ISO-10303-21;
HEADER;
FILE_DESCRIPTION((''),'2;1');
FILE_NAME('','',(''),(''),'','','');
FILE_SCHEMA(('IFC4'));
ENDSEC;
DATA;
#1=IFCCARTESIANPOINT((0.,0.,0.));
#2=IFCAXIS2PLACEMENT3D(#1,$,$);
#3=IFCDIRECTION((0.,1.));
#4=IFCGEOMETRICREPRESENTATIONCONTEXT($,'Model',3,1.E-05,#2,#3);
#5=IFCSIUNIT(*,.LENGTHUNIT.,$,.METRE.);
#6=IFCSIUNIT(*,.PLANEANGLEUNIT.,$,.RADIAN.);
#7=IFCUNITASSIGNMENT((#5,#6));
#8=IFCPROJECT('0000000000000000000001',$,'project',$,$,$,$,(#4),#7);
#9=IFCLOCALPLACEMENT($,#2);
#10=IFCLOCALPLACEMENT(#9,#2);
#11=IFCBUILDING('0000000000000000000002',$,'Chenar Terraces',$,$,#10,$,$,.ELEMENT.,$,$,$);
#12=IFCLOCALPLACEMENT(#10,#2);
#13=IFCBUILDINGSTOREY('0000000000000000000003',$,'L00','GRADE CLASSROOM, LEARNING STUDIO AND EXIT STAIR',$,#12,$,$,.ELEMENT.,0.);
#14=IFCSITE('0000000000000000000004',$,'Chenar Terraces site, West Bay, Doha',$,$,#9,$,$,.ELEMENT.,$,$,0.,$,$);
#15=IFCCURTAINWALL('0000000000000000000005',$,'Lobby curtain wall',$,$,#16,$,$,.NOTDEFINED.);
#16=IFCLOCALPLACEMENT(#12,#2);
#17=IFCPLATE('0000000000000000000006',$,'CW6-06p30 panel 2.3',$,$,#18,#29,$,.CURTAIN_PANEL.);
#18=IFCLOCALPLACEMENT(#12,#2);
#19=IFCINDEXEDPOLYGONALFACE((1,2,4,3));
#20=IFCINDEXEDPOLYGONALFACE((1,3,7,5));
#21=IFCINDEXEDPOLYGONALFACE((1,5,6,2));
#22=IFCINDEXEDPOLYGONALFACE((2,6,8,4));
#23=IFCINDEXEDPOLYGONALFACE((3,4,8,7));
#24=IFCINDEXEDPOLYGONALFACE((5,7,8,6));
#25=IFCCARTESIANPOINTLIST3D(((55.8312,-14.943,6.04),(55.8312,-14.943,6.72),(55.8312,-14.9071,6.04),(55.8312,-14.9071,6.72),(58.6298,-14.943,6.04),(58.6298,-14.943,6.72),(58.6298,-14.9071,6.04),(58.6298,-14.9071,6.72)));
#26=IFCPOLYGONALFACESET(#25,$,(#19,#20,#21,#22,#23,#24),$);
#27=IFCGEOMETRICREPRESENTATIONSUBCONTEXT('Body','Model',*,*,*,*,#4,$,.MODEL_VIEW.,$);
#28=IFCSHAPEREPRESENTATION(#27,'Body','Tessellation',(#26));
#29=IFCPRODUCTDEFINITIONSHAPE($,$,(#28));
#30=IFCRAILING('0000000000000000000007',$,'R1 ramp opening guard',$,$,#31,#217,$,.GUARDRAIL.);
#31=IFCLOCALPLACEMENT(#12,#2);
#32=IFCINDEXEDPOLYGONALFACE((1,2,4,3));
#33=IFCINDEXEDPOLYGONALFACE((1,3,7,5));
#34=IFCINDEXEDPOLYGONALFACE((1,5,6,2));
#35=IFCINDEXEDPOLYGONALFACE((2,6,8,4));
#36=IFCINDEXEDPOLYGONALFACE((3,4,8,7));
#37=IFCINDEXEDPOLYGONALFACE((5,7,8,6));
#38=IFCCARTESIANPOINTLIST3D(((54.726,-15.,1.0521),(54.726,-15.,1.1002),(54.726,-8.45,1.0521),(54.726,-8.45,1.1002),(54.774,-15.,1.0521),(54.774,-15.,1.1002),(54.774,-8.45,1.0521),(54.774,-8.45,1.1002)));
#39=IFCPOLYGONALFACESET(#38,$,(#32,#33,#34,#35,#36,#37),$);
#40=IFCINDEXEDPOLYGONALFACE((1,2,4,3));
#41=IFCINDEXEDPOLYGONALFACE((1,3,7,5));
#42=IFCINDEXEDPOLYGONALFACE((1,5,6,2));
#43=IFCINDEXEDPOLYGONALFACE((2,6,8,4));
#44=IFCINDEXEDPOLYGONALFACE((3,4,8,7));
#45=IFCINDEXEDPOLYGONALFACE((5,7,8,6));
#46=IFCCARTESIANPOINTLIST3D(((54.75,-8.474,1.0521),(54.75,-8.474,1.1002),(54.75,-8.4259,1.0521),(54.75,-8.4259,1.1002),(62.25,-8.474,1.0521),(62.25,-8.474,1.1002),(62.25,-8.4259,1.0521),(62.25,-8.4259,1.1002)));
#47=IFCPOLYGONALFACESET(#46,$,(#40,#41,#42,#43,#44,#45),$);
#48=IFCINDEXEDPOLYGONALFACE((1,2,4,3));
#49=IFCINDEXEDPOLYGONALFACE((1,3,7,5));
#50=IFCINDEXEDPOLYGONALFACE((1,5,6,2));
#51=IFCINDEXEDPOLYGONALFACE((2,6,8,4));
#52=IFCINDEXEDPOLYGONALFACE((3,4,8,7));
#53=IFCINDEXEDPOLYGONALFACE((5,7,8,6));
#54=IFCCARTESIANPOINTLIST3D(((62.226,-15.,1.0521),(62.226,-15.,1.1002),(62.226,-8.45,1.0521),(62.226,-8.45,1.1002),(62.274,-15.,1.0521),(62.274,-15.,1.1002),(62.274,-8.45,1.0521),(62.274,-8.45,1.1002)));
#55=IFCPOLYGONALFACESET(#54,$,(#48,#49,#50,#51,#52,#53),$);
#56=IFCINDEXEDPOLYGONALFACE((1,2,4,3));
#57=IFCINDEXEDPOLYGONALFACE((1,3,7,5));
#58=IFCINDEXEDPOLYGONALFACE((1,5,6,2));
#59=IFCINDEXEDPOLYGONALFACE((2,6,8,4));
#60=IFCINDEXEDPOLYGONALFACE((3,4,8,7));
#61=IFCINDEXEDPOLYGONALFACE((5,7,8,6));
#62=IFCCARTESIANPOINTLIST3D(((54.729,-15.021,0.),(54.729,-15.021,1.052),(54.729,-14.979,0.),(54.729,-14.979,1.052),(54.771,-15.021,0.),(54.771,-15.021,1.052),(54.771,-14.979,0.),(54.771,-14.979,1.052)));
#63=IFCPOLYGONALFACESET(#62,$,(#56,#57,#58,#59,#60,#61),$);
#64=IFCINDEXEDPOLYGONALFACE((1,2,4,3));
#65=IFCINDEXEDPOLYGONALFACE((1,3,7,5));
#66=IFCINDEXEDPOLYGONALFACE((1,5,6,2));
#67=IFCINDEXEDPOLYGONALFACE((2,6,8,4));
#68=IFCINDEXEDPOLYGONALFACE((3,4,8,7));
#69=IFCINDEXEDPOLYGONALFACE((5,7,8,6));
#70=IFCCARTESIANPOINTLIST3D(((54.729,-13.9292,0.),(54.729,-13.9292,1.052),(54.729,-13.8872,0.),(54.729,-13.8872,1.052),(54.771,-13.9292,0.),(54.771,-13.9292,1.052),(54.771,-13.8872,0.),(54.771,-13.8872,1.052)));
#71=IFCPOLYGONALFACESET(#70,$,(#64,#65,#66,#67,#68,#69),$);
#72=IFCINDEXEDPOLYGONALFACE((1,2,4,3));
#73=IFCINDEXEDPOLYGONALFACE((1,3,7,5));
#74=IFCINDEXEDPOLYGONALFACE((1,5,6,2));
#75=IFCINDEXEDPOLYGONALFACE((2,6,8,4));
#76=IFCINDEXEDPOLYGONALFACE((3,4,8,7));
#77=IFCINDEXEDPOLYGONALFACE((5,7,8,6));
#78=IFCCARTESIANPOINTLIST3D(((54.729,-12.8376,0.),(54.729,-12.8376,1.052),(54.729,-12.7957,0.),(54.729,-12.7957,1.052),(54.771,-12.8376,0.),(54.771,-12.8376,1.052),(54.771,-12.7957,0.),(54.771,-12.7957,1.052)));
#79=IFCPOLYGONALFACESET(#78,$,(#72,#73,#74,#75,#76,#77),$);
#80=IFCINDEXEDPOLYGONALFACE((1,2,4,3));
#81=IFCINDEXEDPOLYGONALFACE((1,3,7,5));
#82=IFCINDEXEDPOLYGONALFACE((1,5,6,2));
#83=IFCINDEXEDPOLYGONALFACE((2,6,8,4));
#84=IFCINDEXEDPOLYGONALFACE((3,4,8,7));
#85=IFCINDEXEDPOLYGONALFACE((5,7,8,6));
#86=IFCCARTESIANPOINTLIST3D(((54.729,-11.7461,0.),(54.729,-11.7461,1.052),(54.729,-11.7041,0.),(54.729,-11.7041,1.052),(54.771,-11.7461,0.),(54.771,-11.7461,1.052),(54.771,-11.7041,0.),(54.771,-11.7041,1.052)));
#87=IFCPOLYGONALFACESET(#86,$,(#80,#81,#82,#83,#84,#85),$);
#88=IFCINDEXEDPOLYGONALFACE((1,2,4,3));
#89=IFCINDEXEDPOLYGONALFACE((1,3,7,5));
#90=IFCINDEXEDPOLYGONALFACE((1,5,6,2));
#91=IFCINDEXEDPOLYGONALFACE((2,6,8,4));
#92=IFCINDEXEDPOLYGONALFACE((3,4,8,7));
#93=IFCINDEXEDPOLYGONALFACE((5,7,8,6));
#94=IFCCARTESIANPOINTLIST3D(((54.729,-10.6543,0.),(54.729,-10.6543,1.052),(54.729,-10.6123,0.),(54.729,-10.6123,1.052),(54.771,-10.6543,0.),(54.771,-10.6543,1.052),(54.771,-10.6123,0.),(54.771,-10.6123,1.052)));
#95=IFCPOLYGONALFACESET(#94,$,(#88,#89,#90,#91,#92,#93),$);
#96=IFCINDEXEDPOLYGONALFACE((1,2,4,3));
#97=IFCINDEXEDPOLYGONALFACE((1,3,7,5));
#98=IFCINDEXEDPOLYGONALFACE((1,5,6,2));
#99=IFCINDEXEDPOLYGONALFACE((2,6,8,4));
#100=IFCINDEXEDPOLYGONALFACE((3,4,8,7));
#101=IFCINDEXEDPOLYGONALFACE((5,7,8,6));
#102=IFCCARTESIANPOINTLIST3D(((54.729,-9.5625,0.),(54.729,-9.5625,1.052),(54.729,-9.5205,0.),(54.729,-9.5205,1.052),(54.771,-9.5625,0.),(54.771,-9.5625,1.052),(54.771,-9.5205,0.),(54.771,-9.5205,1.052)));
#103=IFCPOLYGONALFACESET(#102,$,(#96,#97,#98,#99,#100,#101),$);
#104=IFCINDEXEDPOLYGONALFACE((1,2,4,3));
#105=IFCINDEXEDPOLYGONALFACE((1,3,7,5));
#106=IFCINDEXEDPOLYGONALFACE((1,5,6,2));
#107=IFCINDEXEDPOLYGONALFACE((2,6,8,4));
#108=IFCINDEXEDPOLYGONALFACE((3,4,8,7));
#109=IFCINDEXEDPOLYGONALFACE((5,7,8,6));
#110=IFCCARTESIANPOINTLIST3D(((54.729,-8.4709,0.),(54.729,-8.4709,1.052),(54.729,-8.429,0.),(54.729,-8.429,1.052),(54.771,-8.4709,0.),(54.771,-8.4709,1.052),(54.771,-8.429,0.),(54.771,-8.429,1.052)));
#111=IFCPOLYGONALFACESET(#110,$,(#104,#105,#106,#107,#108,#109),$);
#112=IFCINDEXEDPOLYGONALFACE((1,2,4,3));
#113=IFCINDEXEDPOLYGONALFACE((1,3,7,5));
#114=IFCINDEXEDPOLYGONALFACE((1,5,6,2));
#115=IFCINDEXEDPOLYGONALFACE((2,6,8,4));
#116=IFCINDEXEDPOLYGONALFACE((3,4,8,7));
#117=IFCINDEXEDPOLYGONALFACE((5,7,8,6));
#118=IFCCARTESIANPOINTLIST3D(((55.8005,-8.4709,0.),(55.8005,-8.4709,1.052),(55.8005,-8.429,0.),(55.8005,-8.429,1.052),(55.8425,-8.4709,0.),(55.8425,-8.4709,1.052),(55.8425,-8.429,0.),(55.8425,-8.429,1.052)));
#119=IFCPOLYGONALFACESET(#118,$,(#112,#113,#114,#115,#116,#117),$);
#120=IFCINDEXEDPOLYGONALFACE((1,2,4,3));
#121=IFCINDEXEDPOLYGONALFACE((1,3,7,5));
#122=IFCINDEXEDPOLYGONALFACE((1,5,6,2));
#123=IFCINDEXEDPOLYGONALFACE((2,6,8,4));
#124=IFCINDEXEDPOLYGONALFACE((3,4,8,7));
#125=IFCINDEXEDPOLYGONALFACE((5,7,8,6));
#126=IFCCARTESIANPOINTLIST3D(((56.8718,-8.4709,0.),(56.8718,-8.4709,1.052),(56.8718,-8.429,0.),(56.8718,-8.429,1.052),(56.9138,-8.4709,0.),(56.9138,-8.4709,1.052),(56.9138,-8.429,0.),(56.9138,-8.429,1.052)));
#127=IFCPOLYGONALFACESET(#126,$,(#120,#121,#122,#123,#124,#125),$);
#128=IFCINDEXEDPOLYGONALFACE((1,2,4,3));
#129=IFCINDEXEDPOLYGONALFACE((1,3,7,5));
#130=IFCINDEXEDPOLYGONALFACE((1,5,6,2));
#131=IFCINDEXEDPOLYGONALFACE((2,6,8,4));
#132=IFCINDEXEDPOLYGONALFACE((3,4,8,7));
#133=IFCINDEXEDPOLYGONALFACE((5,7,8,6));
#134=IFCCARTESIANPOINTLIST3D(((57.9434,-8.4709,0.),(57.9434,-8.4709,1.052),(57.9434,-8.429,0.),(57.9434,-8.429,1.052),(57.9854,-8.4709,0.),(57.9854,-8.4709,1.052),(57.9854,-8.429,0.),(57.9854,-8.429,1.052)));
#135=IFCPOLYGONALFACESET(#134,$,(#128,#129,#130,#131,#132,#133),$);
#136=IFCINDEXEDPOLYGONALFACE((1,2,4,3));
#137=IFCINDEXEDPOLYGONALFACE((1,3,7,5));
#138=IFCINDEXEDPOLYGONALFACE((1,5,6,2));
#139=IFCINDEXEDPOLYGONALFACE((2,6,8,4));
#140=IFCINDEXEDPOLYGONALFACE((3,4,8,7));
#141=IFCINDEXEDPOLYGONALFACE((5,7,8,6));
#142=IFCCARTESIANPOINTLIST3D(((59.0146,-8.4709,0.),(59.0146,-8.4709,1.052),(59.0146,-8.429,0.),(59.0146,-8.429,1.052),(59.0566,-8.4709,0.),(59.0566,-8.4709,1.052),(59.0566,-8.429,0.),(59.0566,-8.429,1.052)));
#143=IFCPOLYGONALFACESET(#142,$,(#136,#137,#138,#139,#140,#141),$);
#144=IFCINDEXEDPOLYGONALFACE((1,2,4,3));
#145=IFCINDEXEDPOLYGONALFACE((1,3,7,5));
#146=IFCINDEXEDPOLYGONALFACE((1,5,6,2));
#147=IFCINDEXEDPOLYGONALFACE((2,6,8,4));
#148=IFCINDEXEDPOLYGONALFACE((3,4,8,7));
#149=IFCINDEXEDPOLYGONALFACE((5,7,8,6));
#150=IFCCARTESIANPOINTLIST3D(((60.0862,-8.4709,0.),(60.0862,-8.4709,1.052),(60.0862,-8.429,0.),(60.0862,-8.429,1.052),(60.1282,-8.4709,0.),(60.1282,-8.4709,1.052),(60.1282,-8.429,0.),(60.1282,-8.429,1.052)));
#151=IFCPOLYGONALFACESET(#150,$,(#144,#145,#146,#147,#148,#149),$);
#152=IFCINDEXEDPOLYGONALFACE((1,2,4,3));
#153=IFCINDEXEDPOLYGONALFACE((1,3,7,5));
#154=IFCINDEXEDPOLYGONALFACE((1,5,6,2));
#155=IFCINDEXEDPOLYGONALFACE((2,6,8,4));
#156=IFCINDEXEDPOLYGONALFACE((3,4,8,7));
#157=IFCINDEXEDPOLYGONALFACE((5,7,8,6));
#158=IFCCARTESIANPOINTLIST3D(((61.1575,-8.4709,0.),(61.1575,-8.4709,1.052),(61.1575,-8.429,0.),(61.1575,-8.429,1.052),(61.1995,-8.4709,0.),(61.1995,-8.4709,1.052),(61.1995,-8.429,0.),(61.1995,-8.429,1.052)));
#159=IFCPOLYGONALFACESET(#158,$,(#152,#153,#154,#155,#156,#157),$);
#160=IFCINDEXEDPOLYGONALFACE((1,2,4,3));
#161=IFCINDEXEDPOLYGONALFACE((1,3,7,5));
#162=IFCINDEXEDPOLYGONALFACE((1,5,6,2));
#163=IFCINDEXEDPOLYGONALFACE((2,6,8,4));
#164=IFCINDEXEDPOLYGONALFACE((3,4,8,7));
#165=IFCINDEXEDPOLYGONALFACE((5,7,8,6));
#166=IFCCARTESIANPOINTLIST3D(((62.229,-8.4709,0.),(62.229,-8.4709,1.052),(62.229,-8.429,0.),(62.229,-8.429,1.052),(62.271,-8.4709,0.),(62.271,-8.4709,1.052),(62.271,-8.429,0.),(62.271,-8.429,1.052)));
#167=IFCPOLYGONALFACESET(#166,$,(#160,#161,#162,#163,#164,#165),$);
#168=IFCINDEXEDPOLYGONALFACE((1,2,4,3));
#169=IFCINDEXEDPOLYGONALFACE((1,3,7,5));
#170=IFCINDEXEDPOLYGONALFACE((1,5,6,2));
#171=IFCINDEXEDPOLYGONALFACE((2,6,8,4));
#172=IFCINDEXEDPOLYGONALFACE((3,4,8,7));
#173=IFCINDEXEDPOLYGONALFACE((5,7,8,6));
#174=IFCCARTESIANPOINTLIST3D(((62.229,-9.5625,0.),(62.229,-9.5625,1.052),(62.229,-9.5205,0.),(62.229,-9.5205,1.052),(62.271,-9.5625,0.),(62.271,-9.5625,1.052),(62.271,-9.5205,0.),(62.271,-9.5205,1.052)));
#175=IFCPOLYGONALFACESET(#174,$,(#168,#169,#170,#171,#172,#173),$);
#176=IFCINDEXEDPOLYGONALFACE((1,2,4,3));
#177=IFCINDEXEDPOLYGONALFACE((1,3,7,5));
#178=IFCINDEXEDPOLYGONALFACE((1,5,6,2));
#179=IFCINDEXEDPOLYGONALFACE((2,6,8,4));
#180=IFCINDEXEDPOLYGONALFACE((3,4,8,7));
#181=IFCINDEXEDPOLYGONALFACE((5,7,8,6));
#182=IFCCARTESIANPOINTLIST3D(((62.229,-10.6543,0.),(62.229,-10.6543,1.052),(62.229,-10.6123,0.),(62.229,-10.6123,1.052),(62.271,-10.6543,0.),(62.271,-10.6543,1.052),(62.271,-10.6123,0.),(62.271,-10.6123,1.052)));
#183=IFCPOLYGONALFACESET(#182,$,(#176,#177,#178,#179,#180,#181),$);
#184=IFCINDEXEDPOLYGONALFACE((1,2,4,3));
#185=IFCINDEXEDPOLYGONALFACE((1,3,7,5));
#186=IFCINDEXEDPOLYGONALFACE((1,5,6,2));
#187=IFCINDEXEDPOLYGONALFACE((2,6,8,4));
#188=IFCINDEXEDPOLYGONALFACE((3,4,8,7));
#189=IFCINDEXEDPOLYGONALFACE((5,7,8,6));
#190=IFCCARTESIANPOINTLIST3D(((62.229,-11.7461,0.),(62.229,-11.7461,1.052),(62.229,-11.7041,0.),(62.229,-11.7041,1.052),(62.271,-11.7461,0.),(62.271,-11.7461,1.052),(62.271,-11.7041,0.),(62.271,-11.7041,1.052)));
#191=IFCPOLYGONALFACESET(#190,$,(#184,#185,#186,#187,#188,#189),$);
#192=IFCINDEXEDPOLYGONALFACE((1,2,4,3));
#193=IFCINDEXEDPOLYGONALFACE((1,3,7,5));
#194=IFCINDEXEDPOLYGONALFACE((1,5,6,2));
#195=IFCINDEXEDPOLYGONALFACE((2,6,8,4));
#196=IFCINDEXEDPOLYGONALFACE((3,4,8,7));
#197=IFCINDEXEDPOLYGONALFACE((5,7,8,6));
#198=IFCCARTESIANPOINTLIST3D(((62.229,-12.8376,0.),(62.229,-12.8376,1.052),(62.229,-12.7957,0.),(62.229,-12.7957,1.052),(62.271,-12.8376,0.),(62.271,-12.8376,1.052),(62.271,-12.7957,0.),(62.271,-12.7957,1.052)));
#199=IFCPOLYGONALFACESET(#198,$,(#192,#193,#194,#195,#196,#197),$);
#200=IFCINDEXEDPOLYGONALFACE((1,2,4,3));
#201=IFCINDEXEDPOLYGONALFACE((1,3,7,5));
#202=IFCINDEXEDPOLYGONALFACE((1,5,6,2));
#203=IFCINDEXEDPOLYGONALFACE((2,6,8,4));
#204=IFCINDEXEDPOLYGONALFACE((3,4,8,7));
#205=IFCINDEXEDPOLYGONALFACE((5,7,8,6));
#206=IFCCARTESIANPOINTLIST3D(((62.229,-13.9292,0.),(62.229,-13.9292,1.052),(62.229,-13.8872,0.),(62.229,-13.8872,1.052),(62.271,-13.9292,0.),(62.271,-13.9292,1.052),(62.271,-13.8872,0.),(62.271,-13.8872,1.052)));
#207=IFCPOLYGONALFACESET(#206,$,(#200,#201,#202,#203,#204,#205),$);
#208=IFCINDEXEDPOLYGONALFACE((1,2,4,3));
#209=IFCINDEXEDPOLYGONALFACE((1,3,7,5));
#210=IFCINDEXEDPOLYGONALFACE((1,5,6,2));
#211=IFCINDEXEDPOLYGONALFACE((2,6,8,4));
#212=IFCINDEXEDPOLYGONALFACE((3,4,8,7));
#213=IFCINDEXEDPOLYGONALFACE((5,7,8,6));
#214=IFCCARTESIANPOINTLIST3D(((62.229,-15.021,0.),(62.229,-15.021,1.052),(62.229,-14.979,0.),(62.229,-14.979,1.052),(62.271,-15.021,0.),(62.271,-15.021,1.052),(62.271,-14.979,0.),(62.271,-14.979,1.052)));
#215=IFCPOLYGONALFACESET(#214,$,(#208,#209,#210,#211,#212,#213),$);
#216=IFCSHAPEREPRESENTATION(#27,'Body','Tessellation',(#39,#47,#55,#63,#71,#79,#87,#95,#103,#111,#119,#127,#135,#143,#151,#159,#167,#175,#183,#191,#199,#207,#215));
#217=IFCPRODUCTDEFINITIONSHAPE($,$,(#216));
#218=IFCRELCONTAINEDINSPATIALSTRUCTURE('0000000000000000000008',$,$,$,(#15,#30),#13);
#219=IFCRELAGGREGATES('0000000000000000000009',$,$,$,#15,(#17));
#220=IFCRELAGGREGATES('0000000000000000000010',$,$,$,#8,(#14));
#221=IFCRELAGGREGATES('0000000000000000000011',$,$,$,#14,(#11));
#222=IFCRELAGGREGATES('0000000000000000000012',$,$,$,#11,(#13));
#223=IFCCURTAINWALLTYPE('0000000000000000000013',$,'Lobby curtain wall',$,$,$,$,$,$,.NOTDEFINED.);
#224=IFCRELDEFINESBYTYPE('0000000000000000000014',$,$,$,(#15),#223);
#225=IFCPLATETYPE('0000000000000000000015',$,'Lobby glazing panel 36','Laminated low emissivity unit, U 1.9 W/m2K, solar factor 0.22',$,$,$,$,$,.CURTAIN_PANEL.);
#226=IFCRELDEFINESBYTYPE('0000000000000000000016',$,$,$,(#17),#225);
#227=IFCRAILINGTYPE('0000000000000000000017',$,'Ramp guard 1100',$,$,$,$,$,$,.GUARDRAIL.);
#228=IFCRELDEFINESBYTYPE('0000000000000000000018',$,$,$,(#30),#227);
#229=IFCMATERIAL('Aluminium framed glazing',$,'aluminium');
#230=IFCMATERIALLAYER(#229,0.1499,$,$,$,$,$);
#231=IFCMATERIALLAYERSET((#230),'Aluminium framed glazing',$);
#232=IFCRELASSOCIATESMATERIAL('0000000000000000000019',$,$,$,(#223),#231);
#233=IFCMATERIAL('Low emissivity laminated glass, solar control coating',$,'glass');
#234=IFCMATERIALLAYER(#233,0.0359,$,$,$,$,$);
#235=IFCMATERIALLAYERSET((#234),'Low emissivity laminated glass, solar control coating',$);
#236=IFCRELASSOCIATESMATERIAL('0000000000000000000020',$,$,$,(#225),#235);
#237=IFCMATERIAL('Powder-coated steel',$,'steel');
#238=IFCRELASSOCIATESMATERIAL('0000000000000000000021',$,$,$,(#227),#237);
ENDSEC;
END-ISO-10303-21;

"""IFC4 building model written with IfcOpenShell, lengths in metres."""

from ifc_helpers import new_model, si_unit, direction, frame, origin, origin_2d, place, context, subcontext, project, spatial, rectangle, extrude, material, layer, layer_set, type_object, element, aggregate, save


model = new_model("IFC4")

# Units and contexts
model_context = context("Model", 3, precision=1e-05, world=origin(), true_north=direction((0.0, 1.0)))
body_context = subcontext(model_context, "Body", "Model", "MODEL_VIEW")
ifc_project = project(units=[si_unit("LENGTHUNIT", "METRE"), si_unit("PLANEANGLEUNIT", "RADIAN")], contexts=[model_context])

# Site, building, storey
site_placement = place(None, origin())
site = spatial("IfcSite", under=ifc_project, at=site_placement, Name="Chenar Terraces site, West Bay, Doha", CompositionType="ELEMENT", RefElevation=0.0)
building_placement = place(site_placement, origin())
building = spatial("IfcBuilding", under=site, at=building_placement, Name="Chenar Terraces", CompositionType="ELEMENT")
storey_placement = place(building_placement, origin())
storey = spatial("IfcBuildingStorey", under=building, at=storey_placement, Name="L00", Description="GRADE CLASSROOM, LEARNING STUDIO AND EXIT STAIR", CompositionType="ELEMENT", Elevation=0.0)

# Curtain wall
ifc_material_1 = material(Name="Aluminium framed glazing", Category="aluminium")
ifc_layer_1 = layer(ifc_material_1, 0.1499)
ifc_layer_set_1 = layer_set([ifc_layer_1], Name="Aluminium framed glazing")
curtain_wall_type = type_object("IfcCurtainWallType", Name="Lobby curtain wall", PredefinedType="NOTDEFINED", material=ifc_layer_set_1)
curtain_wall_placement = place(storey_placement, origin())
curtain_wall = element("IfcCurtainWall", 1, at=curtain_wall_placement, inside=storey, type_object=curtain_wall_type, Name="Lobby curtain wall", PredefinedType="NOTDEFINED")

# Plate
ifc_material_2 = material(Name="Low emissivity laminated glass, solar control coating", Category="glass")
ifc_layer_2 = layer(ifc_material_2, 0.0359)
ifc_layer_set_2 = layer_set([ifc_layer_2], Name="Low emissivity laminated glass, solar control coating")
plate_type = type_object("IfcPlateType", Name="Lobby glazing panel 36", Description="Laminated low emissivity unit, U 1.9 W/m2K, solar factor 0.22", PredefinedType="CURTAIN_PANEL", material=ifc_layer_set_2)
plate_1_placement = place(storey_placement, frame((57.2305, -14.925, 6.04), z_axis=(0.0, 0.0, 1.0), x_axis=(1.0, 0.0, 0.0)))
plate_1 = element("IfcPlate", 2, at=plate_1_placement, type_object=plate_type, Name="CW6-06p30 panel 2.3", PredefinedType="CURTAIN_PANEL", context=body_context, shape_type="SweptSolid", body=[
    extrude(rectangle(XDim=2.7986, YDim=0.0359, at=origin_2d()), origin(), (0.0, 0.0, 1.0), 0.6799),
])
aggregate(curtain_wall, [plate_1])

# Railing
ifc_material_3 = material(Name="Powder-coated steel", Category="steel")
railing_type = type_object("IfcRailingType", Name="Ramp guard 1100", PredefinedType="GUARDRAIL", material=ifc_material_3)
railing_1_placement = place(storey_placement, frame((54.75, -15.0, 0.0)))
element("IfcRailing", 3, at=railing_1_placement, inside=storey, type_object=railing_type, Name="R1 ramp opening guard", PredefinedType="GUARDRAIL", context=body_context, shape_type="SweptSolid", body=[
    extrude(rectangle(XDim=0.0481, YDim=0.0481, at=origin_2d()), frame((0.0, 0.0, 1.0762), z_axis=(0.0, 1.0, 0.0), x_axis=(-1.0, 0.0, 0.0)), (0.0, 0.0, 1.0), 6.55),
    extrude(rectangle(XDim=0.0481, YDim=0.0481, at=origin_2d()), frame((0.0, 6.55, 1.0762), z_axis=(1.0, 0.0, 0.0), x_axis=(0.0, 1.0, 0.0)), (0.0, 0.0, 1.0), 7.5),
    extrude(rectangle(XDim=0.0481, YDim=0.0481, at=origin_2d()), frame((7.5, 6.55, 1.0762), z_axis=(0.0, -1.0, 0.0), x_axis=(1.0, 0.0, 0.0)), (0.0, 0.0, 1.0), 6.55),
    extrude(rectangle(XDim=0.042, YDim=0.042, at=origin_2d()), origin(), (0.0, 0.0, 1.0), 1.052),
    extrude(rectangle(XDim=0.042, YDim=0.042, at=origin_2d()), frame((0.0, 1.0918, 0.0)), (0.0, 0.0, 1.0), 1.052),
    extrude(rectangle(XDim=0.042, YDim=0.042, at=origin_2d()), frame((0.0, 2.1833, 0.0)), (0.0, 0.0, 1.0), 1.052),
    extrude(rectangle(XDim=0.042, YDim=0.042, at=origin_2d()), frame((0.0, 3.2749, 0.0)), (0.0, 0.0, 1.0), 1.052),
    extrude(rectangle(XDim=0.042, YDim=0.042, at=origin_2d()), frame((0.0, 4.3667, 0.0)), (0.0, 0.0, 1.0), 1.052),
    extrude(rectangle(XDim=0.042, YDim=0.042, at=origin_2d()), frame((0.0, 5.4585, 0.0)), (0.0, 0.0, 1.0), 1.052),
    extrude(rectangle(XDim=0.042, YDim=0.042, at=origin_2d()), frame((0.0, 6.55, 0.0)), (0.0, 0.0, 1.0), 1.052),
    extrude(rectangle(XDim=0.042, YDim=0.042, at=origin_2d()), frame((1.0715, 6.55, 0.0)), (0.0, 0.0, 1.0), 1.052),
    extrude(rectangle(XDim=0.042, YDim=0.042, at=origin_2d()), frame((2.1428, 6.55, 0.0)), (0.0, 0.0, 1.0), 1.052),
    extrude(rectangle(XDim=0.042, YDim=0.042, at=origin_2d()), frame((3.2144, 6.55, 0.0)), (0.0, 0.0, 1.0), 1.052),
    extrude(rectangle(XDim=0.042, YDim=0.042, at=origin_2d()), frame((4.2856, 6.55, 0.0)), (0.0, 0.0, 1.0), 1.052),
    extrude(rectangle(XDim=0.042, YDim=0.042, at=origin_2d()), frame((5.3572, 6.55, 0.0)), (0.0, 0.0, 1.0), 1.052),
    extrude(rectangle(XDim=0.042, YDim=0.042, at=origin_2d()), frame((6.4285, 6.55, 0.0)), (0.0, 0.0, 1.0), 1.052),
    extrude(rectangle(XDim=0.042, YDim=0.042, at=origin_2d()), frame((7.5, 6.55, 0.0)), (0.0, 0.0, 1.0), 1.052),
    extrude(rectangle(XDim=0.042, YDim=0.042, at=origin_2d()), frame((7.5, 5.4585, 0.0)), (0.0, 0.0, 1.0), 1.052),
    extrude(rectangle(XDim=0.042, YDim=0.042, at=origin_2d()), frame((7.5, 4.3667, 0.0)), (0.0, 0.0, 1.0), 1.052),
    extrude(rectangle(XDim=0.042, YDim=0.042, at=origin_2d()), frame((7.5, 3.2749, 0.0)), (0.0, 0.0, 1.0), 1.052),
    extrude(rectangle(XDim=0.042, YDim=0.042, at=origin_2d()), frame((7.5, 2.1833, 0.0)), (0.0, 0.0, 1.0), 1.052),
    extrude(rectangle(XDim=0.042, YDim=0.042, at=origin_2d()), frame((7.5, 1.0918, 0.0)), (0.0, 0.0, 1.0), 1.052),
    extrude(rectangle(XDim=0.042, YDim=0.042, at=origin_2d()), frame((7.5, 0.0, 0.0)), (0.0, 0.0, 1.0), 1.052),
])

save(model, "model.ifc")
